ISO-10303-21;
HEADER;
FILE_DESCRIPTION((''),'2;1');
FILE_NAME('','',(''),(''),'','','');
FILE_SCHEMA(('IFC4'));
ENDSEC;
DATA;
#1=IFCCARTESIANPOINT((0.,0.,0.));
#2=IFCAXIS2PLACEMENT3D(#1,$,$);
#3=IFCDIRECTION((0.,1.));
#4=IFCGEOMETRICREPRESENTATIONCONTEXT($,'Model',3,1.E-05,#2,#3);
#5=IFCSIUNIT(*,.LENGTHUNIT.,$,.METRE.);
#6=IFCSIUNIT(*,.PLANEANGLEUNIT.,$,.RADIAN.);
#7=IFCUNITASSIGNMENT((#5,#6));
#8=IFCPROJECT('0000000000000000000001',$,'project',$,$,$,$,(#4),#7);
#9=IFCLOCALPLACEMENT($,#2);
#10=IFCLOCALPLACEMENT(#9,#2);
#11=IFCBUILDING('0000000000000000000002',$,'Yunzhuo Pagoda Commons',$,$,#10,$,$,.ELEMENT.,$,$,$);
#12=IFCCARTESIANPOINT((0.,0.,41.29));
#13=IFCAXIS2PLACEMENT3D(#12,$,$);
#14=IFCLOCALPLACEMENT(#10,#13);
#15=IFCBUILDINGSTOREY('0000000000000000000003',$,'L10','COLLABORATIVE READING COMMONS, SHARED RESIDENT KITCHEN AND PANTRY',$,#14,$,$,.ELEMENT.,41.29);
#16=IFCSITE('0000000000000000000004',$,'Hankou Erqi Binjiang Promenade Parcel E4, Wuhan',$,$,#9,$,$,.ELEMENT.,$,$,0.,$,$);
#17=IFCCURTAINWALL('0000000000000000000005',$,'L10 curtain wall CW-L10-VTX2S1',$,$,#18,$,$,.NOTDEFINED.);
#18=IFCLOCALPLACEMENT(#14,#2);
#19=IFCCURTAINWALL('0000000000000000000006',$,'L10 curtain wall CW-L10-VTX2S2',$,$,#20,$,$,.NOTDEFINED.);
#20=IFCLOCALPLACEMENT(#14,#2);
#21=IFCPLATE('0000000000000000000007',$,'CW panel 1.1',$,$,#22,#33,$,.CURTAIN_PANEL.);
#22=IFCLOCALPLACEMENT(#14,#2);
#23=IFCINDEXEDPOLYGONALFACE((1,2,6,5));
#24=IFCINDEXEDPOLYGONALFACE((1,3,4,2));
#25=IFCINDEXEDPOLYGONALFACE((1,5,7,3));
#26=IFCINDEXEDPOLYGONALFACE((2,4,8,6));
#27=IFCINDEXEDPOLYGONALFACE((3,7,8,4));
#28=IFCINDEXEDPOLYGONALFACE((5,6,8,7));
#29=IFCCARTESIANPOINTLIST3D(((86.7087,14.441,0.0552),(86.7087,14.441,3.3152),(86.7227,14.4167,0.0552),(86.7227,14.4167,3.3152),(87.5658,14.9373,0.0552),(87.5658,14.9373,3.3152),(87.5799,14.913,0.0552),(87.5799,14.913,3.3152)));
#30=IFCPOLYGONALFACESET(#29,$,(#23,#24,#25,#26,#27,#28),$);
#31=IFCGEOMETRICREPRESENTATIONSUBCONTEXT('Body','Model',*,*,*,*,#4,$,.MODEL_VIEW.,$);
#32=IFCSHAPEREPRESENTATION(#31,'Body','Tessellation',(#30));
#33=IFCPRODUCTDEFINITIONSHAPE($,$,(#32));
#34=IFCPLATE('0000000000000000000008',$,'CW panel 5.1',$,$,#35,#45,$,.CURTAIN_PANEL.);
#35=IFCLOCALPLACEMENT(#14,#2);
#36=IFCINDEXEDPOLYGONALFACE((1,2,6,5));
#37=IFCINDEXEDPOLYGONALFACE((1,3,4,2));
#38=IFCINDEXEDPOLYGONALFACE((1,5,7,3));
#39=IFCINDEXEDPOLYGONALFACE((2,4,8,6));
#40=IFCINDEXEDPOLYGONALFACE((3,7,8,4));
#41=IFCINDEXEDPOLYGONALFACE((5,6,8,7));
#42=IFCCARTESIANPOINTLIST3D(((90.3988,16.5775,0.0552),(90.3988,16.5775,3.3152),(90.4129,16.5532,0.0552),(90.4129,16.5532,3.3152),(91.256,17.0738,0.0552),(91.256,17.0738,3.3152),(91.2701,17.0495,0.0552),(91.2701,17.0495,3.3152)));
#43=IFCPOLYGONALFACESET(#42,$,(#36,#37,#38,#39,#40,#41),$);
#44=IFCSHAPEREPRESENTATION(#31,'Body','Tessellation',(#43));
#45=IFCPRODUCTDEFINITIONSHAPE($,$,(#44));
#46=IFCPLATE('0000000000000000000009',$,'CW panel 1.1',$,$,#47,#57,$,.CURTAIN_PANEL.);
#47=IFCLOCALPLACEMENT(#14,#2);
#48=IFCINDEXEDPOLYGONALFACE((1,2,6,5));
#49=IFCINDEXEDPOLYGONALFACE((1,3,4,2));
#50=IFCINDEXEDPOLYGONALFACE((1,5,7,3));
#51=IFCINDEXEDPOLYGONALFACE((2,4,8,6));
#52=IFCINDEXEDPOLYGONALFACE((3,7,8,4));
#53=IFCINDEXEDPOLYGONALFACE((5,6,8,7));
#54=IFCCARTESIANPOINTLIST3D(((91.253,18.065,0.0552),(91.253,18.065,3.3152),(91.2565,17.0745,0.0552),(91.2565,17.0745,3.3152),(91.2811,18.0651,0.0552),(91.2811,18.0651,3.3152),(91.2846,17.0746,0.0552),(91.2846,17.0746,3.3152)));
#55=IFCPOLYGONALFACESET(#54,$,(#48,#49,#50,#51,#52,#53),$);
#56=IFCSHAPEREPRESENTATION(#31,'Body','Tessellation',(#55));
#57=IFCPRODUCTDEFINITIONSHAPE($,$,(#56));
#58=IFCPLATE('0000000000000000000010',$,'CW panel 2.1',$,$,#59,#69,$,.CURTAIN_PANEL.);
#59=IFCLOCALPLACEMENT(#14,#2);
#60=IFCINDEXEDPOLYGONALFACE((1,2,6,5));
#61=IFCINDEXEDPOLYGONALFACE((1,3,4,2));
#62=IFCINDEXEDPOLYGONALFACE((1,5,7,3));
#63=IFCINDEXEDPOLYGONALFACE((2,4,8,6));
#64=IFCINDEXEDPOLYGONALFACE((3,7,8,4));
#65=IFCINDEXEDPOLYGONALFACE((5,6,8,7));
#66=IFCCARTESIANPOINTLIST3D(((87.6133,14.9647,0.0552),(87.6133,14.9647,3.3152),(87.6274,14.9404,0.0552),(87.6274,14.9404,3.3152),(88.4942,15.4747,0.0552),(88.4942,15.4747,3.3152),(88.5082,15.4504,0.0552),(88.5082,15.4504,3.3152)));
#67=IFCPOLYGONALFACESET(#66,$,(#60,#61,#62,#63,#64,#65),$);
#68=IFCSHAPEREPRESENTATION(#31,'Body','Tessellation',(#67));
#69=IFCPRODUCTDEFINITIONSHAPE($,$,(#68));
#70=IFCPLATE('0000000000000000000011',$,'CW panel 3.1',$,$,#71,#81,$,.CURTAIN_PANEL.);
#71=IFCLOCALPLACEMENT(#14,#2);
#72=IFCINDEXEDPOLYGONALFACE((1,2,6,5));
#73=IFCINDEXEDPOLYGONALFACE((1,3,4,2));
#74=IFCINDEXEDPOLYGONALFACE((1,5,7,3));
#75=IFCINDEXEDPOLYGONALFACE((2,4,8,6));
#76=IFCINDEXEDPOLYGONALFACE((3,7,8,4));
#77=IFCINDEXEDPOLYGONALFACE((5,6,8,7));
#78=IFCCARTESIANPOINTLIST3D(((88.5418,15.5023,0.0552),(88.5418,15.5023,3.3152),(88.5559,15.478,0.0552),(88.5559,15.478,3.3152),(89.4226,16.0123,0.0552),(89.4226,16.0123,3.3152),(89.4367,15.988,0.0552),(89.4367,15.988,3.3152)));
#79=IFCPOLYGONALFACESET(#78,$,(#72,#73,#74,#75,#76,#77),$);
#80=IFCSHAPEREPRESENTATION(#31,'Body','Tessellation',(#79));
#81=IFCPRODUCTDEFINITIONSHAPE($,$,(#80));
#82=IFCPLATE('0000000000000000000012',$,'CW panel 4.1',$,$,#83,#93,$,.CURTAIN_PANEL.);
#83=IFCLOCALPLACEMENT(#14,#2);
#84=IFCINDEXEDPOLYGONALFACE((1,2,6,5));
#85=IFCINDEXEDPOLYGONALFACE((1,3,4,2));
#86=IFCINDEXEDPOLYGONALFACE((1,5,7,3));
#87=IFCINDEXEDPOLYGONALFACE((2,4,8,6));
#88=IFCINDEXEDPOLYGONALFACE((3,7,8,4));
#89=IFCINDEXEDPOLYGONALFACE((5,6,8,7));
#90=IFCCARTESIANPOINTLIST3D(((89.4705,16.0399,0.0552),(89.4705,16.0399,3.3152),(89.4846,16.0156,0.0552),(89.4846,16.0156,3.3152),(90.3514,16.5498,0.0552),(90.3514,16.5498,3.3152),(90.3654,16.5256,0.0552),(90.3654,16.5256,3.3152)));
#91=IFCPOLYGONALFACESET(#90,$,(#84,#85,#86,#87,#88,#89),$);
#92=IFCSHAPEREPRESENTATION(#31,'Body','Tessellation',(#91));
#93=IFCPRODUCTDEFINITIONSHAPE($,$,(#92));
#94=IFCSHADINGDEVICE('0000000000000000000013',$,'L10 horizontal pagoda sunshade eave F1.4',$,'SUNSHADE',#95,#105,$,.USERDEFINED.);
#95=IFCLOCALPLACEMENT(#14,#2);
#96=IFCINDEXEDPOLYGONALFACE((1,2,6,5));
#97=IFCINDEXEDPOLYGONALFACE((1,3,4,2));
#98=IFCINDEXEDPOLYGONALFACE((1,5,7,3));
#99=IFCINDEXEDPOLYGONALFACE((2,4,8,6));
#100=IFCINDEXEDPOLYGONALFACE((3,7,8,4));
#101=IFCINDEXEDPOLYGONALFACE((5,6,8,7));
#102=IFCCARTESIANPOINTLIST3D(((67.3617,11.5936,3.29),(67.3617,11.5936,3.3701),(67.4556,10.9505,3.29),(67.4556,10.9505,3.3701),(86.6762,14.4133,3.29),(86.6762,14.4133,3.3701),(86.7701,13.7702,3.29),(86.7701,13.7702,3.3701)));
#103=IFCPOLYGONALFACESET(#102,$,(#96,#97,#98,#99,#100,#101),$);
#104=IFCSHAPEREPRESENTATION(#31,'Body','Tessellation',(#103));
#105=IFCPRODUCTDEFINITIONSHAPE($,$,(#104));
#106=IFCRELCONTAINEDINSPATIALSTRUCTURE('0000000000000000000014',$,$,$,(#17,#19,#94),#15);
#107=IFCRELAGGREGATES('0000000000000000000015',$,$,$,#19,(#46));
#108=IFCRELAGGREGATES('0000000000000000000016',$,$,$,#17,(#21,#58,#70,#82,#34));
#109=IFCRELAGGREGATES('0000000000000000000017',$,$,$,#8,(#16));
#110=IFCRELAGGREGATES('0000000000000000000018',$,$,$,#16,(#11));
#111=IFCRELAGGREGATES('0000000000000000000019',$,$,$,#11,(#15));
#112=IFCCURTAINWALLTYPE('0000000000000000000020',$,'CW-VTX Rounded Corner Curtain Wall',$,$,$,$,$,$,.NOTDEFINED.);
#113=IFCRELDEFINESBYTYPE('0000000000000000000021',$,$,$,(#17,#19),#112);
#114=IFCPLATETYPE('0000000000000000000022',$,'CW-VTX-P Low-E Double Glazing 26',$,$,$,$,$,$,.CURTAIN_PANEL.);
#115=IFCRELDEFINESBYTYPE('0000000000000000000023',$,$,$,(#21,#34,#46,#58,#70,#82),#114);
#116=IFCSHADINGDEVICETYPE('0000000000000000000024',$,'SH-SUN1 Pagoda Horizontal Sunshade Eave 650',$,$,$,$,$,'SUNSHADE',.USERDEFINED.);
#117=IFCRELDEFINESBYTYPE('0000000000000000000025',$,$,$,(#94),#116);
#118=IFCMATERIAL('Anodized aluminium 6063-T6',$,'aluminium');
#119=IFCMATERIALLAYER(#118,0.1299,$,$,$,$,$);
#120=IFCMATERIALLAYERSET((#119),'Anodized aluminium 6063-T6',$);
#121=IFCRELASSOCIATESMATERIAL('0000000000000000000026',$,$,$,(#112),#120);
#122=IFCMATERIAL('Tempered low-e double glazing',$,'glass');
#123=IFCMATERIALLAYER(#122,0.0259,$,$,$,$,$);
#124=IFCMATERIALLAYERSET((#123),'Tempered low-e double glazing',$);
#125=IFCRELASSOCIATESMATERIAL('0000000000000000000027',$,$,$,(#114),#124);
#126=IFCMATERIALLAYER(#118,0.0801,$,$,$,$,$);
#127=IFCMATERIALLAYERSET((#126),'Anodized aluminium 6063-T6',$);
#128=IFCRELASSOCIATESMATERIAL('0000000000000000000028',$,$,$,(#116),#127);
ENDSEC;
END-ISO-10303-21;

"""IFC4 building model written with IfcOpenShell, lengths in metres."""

from ifc_helpers import new_model, si_unit, direction, frame, origin, origin_2d, place, context, subcontext, project, spatial, rectangle, extrude, source, transform, mapped, material, layer, layer_set, type_object, element, aggregate, save


model = new_model("IFC4")

# Units and contexts
model_context = context("Model", 3, precision=1e-05, world=origin(), true_north=direction((0.0, 1.0)))
body_context = subcontext(model_context, "Body", "Model", "MODEL_VIEW")
ifc_project = project(units=[si_unit("LENGTHUNIT", "METRE"), si_unit("PLANEANGLEUNIT", "RADIAN")], contexts=[model_context])

# Site, building, storey
site_placement = place(None, origin())
site = spatial("IfcSite", under=ifc_project, at=site_placement, Name="Hankou Erqi Binjiang Promenade Parcel E4, Wuhan", CompositionType="ELEMENT", RefElevation=0.0)
building_placement = place(site_placement, origin())
building = spatial("IfcBuilding", under=site, at=building_placement, Name="Yunzhuo Pagoda Commons", CompositionType="ELEMENT")
storey_placement = place(building_placement, frame((0.0, 0.0, 41.29)))
storey = spatial("IfcBuildingStorey", under=building, at=storey_placement, Name="L10", Description="COLLABORATIVE READING COMMONS, SHARED RESIDENT KITCHEN AND PANTRY", CompositionType="ELEMENT", Elevation=41.29)

# Shared definitions
ifc_material_1 = material(Name="Anodized aluminium 6063-T6", Category="aluminium")

# Curtain wall
ifc_layer_1 = layer(ifc_material_1, 0.1299)
ifc_layer_set_1 = layer_set([ifc_layer_1], Name="Anodized aluminium 6063-T6")
curtain_wall_type_1 = type_object("IfcCurtainWallType", Name="CW-VTX Rounded Corner Curtain Wall", PredefinedType="NOTDEFINED", material=ifc_layer_set_1)
curtain_wall_1_placement = place(storey_placement, origin())
curtain_wall_1 = element("IfcCurtainWall", 1, at=curtain_wall_1_placement, inside=storey, type_object=curtain_wall_type_1, Name="L10 curtain wall CW-L10-VTX2S1", PredefinedType="NOTDEFINED")

# Curtain wall
curtain_wall_2_placement = place(storey_placement, origin())
curtain_wall_2 = element("IfcCurtainWall", 2, at=curtain_wall_2_placement, inside=storey, type_object=curtain_wall_type_1, Name="L10 curtain wall CW-L10-VTX2S2", PredefinedType="NOTDEFINED")

# Plates
ifc_material_2 = material(Name="Tempered low-e double glazing", Category="glass")
ifc_layer_2 = layer(ifc_material_2, 0.0259)
ifc_layer_set_2 = layer_set([ifc_layer_2], Name="Tempered low-e double glazing")
plate_type_1 = type_object("IfcPlateType", Name="CW-VTX-P Low-E Double Glazing 26", PredefinedType="CURTAIN_PANEL", material=ifc_layer_set_2)
shared_shape_1 = source(origin(), body_context, "Body", "SweptSolid", [
    extrude(rectangle(XDim=0.9905, YDim=0.0281, at=origin_2d()), origin(), (0.0, 0.0, 1.0), 3.26),
])
plate_1_placement = place(storey_placement, frame((87.1443, 14.677, 0.0552), z_axis=(0.0, 0.0, 1.0), x_axis=(0.865423, 0.501041, 0.0)))
plate_1 = element("IfcPlate", 3, at=plate_1_placement, type_object=plate_type_1, Name="CW panel 1.1", PredefinedType="CURTAIN_PANEL", context=body_context, shape_type="MappedRepresentation", body=[
    mapped(shared_shape_1, transform((0.0, 0.0, 0.0), scale=1.0)),
])
plate_2_placement = place(storey_placement, frame((90.8345, 16.8135, 0.0552), z_axis=(0.0, 0.0, 1.0), x_axis=(0.865423, 0.501041, 0.0)))
plate_2 = element("IfcPlate", 4, at=plate_2_placement, type_object=plate_type_1, Name="CW panel 5.1", PredefinedType="CURTAIN_PANEL", context=body_context, shape_type="MappedRepresentation", body=[
    mapped(shared_shape_1, transform((0.0, 0.0, 0.0), scale=1.0)),
])
plate_3_placement = place(storey_placement, frame((91.2688, 17.5698, 0.0552), z_axis=(0.0, 0.0, 1.0), x_axis=(-0.003579, 0.999994, 0.0)))
plate_3 = element("IfcPlate", 5, at=plate_3_placement, type_object=plate_type_1, Name="CW panel 1.1", PredefinedType="CURTAIN_PANEL", context=body_context, shape_type="MappedRepresentation", body=[
    mapped(shared_shape_1, transform((0.0, 0.0, 0.0), scale=1.0)),
])
aggregate(curtain_wall_2, [plate_3])
shared_shape_2 = source(origin(), body_context, "Body", "SweptSolid", [
    extrude(rectangle(XDim=1.0178, YDim=0.0281, at=origin_2d()), origin(), (0.0, 0.0, 1.0), 3.26),
])
plate_4_placement = place(storey_placement, frame((88.0608, 15.2075, 0.0552), z_axis=(0.0, 0.0, 1.0), x_axis=(0.865423, 0.501041, 0.0)))
plate_4 = element("IfcPlate", 6, at=plate_4_placement, type_object=plate_type_1, Name="CW panel 2.1", PredefinedType="CURTAIN_PANEL", context=body_context, shape_type="MappedRepresentation", body=[
    mapped(shared_shape_2, transform((0.0, 0.0, 0.0), scale=1.0)),
])
plate_5_placement = place(storey_placement, frame((88.9893, 15.7451, 0.0552), z_axis=(0.0, 0.0, 1.0), x_axis=(0.865423, 0.501041, 0.0)))
plate_5 = element("IfcPlate", 7, at=plate_5_placement, type_object=plate_type_1, Name="CW panel 3.1", PredefinedType="CURTAIN_PANEL", context=body_context, shape_type="MappedRepresentation", body=[
    mapped(shared_shape_2, transform((0.0, 0.0, 0.0), scale=1.0)),
])
plate_6_placement = place(storey_placement, frame((89.918, 16.2827, 0.0552), z_axis=(0.0, 0.0, 1.0), x_axis=(0.865423, 0.501041, 0.0)))
plate_6 = element("IfcPlate", 8, at=plate_6_placement, type_object=plate_type_1, Name="CW panel 4.1", PredefinedType="CURTAIN_PANEL", context=body_context, shape_type="MappedRepresentation", body=[
    mapped(shared_shape_2, transform((0.0, 0.0, 0.0), scale=1.0)),
])
aggregate(curtain_wall_1, [plate_1, plate_4, plate_5, plate_6, plate_2])

# Shading device
ifc_layer_3 = layer(ifc_material_1, 0.0801)
ifc_layer_set_3 = layer_set([ifc_layer_3], Name="Anodized aluminium 6063-T6")
shading_device_type = type_object("IfcShadingDeviceType", Name="SH-SUN1 Pagoda Horizontal Sunshade Eave 650", ElementType="SUNSHADE", PredefinedType="USERDEFINED", material=ifc_layer_set_3)
shared_shape_3 = source(origin(), body_context, "Body", "SweptSolid", [
    extrude(rectangle(XDim=19.5193, YDim=0.6499, at=origin_2d()), origin(), (0.0, 0.0, 1.0), 0.0801),
])
shading_device_placement = place(storey_placement, frame((77.0659, 12.6819, 3.29), z_axis=(0.0, 0.0, 1.0), x_axis=(0.989511, 0.14446, 0.0)))
element("IfcShadingDevice", 9, at=shading_device_placement, inside=storey, type_object=shading_device_type, Name="L10 horizontal pagoda sunshade eave F1.4", ObjectType="SUNSHADE", PredefinedType="USERDEFINED", context=body_context, shape_type="MappedRepresentation", body=[
    mapped(shared_shape_3, transform((0.0, 0.0, 0.0), scale=1.0)),
])

save(model, "model.ifc")
